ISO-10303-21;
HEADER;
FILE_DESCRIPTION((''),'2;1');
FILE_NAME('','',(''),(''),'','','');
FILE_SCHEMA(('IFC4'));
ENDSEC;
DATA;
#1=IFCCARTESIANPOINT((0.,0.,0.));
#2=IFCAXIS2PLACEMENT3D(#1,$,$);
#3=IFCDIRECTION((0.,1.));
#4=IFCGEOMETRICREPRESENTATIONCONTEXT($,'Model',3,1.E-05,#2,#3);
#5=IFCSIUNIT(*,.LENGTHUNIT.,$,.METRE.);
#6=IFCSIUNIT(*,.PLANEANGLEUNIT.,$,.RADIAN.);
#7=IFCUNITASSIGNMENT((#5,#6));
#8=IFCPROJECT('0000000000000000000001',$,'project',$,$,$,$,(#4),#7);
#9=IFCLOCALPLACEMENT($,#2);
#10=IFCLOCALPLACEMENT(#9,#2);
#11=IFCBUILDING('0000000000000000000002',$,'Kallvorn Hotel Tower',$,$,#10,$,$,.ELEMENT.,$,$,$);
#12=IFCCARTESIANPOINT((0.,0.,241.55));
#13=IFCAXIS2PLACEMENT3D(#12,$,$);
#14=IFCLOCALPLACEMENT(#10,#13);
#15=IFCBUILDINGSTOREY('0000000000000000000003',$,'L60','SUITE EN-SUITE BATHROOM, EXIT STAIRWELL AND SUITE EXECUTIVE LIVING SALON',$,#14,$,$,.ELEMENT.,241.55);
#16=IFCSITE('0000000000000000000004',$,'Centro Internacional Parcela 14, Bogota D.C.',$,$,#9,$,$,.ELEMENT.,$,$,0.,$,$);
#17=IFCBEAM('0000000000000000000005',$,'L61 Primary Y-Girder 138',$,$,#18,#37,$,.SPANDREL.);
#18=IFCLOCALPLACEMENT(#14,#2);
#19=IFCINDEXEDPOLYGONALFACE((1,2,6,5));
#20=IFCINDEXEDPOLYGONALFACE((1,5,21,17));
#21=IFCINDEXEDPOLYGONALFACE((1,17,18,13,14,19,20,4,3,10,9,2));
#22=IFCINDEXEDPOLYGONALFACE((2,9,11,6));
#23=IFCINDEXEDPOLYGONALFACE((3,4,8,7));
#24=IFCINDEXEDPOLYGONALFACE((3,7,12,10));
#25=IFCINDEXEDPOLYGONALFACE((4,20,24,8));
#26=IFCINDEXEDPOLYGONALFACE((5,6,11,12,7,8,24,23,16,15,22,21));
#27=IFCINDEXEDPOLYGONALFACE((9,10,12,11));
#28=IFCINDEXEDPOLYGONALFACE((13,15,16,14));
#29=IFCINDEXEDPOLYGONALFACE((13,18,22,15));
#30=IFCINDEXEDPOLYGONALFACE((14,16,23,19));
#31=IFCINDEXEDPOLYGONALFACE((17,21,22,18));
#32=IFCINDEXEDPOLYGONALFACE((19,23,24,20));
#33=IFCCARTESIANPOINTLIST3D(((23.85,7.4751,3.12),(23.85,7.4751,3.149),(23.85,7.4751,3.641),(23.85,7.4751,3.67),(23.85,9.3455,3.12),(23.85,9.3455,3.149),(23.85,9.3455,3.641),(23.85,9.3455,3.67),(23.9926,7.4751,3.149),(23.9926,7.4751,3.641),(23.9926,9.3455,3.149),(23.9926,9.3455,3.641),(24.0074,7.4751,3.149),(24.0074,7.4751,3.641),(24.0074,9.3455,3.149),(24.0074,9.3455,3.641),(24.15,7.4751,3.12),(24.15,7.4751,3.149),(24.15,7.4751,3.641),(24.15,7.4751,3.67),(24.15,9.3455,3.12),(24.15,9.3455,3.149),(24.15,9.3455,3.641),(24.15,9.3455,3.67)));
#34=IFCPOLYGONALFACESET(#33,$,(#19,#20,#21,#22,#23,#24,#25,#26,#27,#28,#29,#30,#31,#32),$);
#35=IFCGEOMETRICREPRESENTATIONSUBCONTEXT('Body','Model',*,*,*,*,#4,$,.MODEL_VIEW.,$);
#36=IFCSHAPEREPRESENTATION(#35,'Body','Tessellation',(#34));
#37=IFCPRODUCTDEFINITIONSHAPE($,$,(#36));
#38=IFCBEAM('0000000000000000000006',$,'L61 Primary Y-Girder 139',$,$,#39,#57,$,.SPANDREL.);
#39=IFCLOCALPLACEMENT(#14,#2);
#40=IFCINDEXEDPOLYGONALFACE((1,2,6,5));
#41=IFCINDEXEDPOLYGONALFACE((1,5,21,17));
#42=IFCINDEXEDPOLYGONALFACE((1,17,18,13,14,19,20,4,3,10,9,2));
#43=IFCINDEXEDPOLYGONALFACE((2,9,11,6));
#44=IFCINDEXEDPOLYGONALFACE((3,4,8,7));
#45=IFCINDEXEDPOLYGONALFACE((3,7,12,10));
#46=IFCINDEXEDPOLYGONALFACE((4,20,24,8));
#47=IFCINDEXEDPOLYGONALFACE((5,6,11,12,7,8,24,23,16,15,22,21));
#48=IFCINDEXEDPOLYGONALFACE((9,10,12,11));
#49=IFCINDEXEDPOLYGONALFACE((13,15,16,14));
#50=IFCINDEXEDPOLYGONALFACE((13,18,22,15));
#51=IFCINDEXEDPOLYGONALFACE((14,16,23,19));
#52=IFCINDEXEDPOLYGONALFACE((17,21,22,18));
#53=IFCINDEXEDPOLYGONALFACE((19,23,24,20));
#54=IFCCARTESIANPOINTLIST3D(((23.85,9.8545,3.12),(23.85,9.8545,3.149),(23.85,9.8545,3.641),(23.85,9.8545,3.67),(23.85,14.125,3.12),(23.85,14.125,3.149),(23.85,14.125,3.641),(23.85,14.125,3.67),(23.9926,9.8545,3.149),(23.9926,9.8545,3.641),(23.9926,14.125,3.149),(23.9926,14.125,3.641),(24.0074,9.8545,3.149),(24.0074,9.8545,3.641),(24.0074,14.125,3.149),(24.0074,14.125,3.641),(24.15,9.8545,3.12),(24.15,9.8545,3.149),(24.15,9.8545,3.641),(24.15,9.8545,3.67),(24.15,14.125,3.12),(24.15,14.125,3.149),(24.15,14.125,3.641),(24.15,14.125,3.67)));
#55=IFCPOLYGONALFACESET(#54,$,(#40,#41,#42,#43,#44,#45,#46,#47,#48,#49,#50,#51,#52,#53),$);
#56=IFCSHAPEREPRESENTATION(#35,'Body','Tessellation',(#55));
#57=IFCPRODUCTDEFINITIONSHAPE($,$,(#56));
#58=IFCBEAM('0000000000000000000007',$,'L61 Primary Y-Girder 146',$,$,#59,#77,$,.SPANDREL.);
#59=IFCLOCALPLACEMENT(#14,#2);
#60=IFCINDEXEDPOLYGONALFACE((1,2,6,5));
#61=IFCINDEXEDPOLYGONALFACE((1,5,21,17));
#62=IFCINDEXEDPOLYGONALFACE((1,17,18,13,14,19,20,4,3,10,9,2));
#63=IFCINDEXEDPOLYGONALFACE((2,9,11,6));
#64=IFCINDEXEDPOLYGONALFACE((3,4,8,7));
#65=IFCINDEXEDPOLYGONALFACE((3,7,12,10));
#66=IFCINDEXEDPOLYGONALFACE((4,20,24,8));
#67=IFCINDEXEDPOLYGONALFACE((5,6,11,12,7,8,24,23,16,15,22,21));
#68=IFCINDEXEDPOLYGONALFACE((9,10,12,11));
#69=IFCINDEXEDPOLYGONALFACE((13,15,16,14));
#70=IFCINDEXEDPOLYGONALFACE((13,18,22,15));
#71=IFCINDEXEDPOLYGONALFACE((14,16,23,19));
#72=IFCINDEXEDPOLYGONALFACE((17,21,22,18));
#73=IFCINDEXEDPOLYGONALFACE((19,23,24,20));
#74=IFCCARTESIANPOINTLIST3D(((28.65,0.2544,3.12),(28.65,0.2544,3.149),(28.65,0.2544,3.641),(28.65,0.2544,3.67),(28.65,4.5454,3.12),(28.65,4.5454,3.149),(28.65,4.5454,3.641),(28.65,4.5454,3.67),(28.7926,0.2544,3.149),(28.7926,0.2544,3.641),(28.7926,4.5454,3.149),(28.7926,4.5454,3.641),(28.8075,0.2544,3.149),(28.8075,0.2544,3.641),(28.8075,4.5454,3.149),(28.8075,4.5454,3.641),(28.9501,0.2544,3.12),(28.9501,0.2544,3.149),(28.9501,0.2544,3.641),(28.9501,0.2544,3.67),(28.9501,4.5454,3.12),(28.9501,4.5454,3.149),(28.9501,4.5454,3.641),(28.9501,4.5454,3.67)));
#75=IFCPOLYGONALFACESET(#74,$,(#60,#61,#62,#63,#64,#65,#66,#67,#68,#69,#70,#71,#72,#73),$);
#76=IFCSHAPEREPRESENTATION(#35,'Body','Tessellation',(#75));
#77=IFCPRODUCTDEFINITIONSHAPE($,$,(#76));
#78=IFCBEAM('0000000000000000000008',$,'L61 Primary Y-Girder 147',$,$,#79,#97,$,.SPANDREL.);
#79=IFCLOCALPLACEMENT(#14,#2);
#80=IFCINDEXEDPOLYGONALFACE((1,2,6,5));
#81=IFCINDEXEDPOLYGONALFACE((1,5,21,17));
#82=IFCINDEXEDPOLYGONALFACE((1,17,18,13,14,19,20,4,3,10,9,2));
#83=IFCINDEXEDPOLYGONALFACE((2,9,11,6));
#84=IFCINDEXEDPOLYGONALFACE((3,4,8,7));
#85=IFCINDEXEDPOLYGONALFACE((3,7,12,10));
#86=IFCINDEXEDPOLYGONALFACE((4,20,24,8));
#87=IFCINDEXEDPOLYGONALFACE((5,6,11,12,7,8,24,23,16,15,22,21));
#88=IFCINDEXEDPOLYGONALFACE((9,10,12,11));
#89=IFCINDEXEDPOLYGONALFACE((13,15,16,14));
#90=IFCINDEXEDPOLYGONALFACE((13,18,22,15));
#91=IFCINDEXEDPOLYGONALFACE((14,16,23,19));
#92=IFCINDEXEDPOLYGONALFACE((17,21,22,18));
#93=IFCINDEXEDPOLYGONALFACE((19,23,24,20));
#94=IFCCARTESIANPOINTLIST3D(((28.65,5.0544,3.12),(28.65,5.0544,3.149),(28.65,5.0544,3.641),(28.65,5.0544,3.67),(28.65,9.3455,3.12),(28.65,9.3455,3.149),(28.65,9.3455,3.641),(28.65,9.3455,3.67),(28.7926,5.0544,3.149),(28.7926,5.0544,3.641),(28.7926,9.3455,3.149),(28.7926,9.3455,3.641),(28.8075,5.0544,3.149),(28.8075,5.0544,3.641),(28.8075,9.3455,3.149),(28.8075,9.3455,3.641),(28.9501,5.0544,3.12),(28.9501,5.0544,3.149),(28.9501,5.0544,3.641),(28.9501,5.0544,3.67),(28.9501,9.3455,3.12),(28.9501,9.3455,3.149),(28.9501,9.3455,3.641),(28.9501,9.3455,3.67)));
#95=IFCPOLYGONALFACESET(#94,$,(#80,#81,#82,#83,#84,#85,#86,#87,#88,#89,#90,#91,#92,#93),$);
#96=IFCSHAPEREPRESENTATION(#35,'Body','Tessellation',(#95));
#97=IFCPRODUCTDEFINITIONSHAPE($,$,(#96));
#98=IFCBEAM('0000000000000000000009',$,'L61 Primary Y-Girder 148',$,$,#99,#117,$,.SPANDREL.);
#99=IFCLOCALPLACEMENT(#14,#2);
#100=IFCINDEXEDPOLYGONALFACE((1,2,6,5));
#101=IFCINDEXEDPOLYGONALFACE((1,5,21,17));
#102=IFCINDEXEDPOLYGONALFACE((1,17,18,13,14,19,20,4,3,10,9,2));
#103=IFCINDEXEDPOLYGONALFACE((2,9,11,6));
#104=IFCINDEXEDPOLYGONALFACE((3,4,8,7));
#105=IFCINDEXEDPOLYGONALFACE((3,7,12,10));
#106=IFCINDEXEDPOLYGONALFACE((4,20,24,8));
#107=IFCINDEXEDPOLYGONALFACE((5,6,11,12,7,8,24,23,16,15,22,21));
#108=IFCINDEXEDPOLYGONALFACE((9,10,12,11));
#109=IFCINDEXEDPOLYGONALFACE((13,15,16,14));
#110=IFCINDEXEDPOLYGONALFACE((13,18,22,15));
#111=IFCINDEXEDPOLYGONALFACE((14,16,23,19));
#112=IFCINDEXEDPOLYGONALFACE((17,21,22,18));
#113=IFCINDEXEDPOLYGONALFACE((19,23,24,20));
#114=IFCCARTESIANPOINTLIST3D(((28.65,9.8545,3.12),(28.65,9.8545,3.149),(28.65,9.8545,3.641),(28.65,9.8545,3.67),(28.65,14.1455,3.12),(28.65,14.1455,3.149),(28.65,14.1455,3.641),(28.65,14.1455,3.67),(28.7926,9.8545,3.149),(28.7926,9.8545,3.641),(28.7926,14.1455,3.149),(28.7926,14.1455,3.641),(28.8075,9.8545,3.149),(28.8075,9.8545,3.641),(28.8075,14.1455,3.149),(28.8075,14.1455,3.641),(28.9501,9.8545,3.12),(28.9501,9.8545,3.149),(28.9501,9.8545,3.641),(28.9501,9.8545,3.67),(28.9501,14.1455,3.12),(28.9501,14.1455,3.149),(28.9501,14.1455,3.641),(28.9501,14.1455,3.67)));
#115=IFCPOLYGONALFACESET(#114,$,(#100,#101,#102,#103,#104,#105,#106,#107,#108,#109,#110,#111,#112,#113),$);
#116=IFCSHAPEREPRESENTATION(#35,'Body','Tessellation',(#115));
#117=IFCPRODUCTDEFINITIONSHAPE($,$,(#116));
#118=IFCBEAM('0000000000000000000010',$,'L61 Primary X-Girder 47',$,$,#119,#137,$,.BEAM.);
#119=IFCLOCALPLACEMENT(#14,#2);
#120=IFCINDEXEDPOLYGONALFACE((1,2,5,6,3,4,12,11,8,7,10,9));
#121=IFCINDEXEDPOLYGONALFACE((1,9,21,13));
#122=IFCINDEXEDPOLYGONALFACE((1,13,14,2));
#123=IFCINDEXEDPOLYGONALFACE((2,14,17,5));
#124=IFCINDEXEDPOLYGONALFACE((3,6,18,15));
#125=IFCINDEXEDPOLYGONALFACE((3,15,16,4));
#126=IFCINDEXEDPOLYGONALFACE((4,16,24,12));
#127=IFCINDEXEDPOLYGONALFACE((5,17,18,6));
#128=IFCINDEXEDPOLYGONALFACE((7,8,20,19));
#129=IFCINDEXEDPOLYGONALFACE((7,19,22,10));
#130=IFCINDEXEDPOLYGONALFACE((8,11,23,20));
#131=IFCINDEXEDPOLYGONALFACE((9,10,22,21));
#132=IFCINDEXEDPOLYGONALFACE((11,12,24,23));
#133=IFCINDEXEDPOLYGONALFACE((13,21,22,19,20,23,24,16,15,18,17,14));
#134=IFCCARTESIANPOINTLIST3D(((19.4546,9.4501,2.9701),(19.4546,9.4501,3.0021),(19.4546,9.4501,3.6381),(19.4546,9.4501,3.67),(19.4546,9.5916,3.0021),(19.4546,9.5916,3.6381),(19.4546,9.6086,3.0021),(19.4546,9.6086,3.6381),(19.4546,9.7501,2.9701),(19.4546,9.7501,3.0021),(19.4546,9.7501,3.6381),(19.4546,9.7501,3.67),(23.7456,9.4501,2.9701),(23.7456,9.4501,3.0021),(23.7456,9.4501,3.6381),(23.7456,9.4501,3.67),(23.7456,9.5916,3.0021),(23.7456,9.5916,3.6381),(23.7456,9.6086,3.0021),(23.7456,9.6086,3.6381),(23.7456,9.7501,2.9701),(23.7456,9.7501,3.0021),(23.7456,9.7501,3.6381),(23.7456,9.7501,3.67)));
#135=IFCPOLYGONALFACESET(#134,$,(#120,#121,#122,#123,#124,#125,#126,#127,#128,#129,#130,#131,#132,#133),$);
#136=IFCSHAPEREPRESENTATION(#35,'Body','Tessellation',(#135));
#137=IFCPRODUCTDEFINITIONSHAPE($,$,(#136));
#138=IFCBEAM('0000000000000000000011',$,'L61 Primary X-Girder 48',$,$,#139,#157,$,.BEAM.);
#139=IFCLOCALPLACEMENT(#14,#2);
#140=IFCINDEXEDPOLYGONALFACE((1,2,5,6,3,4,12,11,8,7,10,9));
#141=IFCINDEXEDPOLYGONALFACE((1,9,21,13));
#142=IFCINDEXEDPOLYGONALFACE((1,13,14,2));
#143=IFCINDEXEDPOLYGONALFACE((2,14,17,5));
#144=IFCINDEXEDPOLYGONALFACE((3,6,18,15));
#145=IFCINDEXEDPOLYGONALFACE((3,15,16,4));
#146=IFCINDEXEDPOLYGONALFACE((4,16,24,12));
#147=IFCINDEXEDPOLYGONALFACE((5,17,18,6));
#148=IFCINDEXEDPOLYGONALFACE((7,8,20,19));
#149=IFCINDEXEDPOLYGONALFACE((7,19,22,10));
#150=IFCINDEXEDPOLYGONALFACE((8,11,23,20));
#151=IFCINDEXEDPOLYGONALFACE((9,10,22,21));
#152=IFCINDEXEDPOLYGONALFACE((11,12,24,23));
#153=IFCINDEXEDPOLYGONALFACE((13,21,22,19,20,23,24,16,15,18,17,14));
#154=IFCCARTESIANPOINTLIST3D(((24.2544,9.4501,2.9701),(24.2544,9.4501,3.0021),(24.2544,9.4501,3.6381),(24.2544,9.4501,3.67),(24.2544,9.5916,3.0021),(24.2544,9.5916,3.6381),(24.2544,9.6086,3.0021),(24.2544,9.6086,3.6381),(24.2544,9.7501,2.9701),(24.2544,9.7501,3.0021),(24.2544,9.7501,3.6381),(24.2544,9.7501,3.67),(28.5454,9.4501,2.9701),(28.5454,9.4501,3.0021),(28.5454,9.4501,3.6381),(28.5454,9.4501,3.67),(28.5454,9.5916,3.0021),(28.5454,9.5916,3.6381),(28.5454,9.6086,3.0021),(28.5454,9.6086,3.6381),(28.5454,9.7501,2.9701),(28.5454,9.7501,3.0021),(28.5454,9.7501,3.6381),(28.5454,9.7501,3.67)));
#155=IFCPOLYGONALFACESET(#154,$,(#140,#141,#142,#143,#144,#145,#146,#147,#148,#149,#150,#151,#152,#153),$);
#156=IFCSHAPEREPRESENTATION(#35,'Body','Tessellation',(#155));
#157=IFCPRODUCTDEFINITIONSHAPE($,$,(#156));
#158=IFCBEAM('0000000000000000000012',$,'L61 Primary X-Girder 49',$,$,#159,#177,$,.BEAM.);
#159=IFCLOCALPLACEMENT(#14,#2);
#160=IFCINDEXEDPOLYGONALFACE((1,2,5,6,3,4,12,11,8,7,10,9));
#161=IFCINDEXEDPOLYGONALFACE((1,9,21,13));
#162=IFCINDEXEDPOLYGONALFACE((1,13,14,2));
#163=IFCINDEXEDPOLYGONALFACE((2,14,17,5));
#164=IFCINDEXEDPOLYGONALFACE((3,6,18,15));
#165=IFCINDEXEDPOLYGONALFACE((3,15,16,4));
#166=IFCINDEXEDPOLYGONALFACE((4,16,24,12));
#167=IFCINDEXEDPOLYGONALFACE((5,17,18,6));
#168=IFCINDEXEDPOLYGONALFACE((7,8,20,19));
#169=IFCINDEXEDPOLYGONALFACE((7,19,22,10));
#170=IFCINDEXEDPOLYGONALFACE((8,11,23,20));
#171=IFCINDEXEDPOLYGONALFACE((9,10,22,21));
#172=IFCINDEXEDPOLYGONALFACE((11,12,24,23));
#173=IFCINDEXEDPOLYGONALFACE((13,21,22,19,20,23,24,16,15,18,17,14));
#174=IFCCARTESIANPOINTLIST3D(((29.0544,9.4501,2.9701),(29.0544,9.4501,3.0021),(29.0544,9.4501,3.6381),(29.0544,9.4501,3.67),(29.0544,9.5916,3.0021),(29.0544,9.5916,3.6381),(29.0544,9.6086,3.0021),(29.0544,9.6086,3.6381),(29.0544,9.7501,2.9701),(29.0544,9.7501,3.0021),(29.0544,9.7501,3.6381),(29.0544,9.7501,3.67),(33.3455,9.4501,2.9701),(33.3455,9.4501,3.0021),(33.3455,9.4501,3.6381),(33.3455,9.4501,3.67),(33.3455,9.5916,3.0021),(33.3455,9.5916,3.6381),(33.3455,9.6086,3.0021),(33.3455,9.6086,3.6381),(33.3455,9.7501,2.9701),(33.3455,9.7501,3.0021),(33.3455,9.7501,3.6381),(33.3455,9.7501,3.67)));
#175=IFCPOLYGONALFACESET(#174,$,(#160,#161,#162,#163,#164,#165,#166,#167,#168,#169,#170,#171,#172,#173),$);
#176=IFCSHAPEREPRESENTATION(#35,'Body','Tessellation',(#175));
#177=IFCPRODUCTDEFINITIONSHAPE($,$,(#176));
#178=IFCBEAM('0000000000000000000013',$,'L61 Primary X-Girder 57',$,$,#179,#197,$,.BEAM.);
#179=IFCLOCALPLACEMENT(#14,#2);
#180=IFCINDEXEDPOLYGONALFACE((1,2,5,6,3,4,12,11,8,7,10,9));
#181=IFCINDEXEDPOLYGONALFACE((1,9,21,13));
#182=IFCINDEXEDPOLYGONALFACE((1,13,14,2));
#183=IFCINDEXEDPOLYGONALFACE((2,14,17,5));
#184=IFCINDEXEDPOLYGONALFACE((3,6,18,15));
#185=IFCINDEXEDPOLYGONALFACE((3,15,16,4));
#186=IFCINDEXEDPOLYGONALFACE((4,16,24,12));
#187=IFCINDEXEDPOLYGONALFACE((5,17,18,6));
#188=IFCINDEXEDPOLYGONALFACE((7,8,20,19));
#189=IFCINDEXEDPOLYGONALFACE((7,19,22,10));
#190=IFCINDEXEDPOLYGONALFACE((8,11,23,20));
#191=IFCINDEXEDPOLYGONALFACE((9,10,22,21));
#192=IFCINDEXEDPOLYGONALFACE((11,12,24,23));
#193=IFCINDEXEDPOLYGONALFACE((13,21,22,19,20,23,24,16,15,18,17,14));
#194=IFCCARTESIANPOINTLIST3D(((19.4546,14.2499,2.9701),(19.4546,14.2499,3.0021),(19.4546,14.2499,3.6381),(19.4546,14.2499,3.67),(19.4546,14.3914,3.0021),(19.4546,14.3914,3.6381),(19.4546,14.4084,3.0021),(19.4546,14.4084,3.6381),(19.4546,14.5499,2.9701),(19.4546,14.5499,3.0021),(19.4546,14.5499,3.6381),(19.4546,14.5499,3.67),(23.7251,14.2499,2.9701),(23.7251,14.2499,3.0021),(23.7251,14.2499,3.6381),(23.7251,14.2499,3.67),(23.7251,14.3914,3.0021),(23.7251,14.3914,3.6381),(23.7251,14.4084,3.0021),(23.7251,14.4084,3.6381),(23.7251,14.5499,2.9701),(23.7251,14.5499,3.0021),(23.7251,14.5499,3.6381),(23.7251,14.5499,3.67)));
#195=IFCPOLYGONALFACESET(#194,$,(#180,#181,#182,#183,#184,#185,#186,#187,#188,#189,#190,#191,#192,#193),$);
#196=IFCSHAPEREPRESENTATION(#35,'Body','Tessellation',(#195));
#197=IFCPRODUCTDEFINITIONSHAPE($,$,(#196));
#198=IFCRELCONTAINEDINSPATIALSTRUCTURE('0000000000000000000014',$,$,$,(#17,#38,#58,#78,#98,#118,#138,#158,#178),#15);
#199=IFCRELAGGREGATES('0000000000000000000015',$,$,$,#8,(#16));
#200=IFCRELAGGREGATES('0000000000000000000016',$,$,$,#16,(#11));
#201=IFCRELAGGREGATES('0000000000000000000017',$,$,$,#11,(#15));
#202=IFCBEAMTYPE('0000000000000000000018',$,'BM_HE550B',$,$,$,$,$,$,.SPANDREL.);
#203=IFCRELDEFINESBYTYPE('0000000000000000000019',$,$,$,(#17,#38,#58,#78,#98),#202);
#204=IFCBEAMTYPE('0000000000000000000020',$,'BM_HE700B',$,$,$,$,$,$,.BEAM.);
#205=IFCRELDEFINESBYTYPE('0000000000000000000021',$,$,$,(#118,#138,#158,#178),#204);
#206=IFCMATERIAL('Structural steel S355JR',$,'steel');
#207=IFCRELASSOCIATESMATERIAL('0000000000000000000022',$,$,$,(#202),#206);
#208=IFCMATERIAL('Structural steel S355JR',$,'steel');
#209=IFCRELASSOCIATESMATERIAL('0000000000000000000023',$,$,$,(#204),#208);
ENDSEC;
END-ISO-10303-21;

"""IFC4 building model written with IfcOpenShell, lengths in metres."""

from ifc_helpers import new_model, si_unit, direction, frame, origin, origin_2d, place, context, subcontext, project, spatial, i_section, extrude, material, material_profile, profile_set, type_object, element, save


model = new_model("IFC4")

# Units and contexts
model_context = context("Model", 3, precision=1e-05, world=origin(), true_north=direction((0.0, 1.0)))
body_context = subcontext(model_context, "Body", "Model", "MODEL_VIEW")
ifc_project = project(units=[si_unit("LENGTHUNIT", "METRE"), si_unit("PLANEANGLEUNIT", "RADIAN")], contexts=[model_context])

# Site, building, storey
site_placement = place(None, origin())
site = spatial("IfcSite", under=ifc_project, at=site_placement, Name="Centro Internacional Parcela 14, Bogota D.C.", CompositionType="ELEMENT", RefElevation=0.0)
building_placement = place(site_placement, origin())
building = spatial("IfcBuilding", under=site, at=building_placement, Name="Kallvorn Hotel Tower", CompositionType="ELEMENT")
storey_placement = place(building_placement, frame((0.0, 0.0, 241.55)))
storey = spatial("IfcBuildingStorey", under=building, at=storey_placement, Name="L60", Description="SUITE EN-SUITE BATHROOM, EXIT STAIRWELL AND SUITE EXECUTIVE LIVING SALON", CompositionType="ELEMENT", Elevation=241.55)

# Beams
ifc_material_1 = material(Name="Structural steel S355JR", Category="steel")
ifc_material_profile_1 = material_profile(ifc_material_1, i_section(OverallWidth=0.3, OverallDepth=0.55, WebThickness=0.0149, FlangeThickness=0.0291, at=origin_2d()), Name="HE 550 B")
ifc_profile_set_1 = profile_set([ifc_material_profile_1], Name="Structural steel S355JR")
beam_type_1 = type_object("IfcBeamType", Name="BM_HE550B", PredefinedType="SPANDREL", material=ifc_profile_set_1)
beam_1_placement = place(storey_placement, frame((24.0, 7.4751, 3.395), z_axis=(0.0, 1.0, 0.0), x_axis=(-1.0, 0.0, 0.0)))
element("IfcBeam", 1, at=beam_1_placement, inside=storey, type_object=beam_type_1, Name="L61 Primary Y-Girder 138", PredefinedType="SPANDREL", context=body_context, shape_type="SweptSolid", body=[
    extrude(i_section(OverallWidth=0.3, OverallDepth=0.55, WebThickness=0.0149, FlangeThickness=0.0291, at=origin_2d()), origin(), (0.0, 0.0, 1.0), 1.8704),
])
beam_2_placement = place(storey_placement, frame((24.0, 9.8545, 3.395), z_axis=(0.0, 1.0, 0.0), x_axis=(-1.0, 0.0, 0.0)))
element("IfcBeam", 2, at=beam_2_placement, inside=storey, type_object=beam_type_1, Name="L61 Primary Y-Girder 139", PredefinedType="SPANDREL", context=body_context, shape_type="SweptSolid", body=[
    extrude(i_section(OverallWidth=0.3, OverallDepth=0.55, WebThickness=0.0149, FlangeThickness=0.0291, at=origin_2d()), origin(), (0.0, 0.0, 1.0), 4.2705),
])
for number, where, z_axis, x_axis, name in (
    (3, (28.8, 0.2544, 3.395), (0.0, 1.0, 0.0), (-1.0, 0.0, 0.0), "L61 Primary Y-Girder 146"),
    (4, (28.8, 5.0544, 3.395), (0.0, 1.0, 0.0), (-1.0, 0.0, 0.0), "L61 Primary Y-Girder 147"),
    (5, (28.8, 9.8545, 3.395), (0.0, 1.0, 0.0), (-1.0, 0.0, 0.0), "L61 Primary Y-Girder 148"),
):
    element("IfcBeam", number, at=place(storey_placement, frame(where, z_axis=z_axis, x_axis=x_axis)), inside=storey, type_object=beam_type_1, Name=name, PredefinedType="SPANDREL", context=body_context, shape_type="SweptSolid", body=[
        extrude(i_section(OverallWidth=0.3, OverallDepth=0.55, WebThickness=0.0149, FlangeThickness=0.0291, at=origin_2d()), origin(), (0.0, 0.0, 1.0), 4.291),
    ])
ifc_material_2 = material(Name="Structural steel S355JR", Category="steel")
ifc_material_profile_2 = material_profile(ifc_material_2, i_section(OverallWidth=0.3, OverallDepth=0.7, WebThickness=0.0171, FlangeThickness=0.032, at=origin_2d()), Name="HE 700 B")
ifc_profile_set_2 = profile_set([ifc_material_profile_2], Name="Structural steel S355JR")
beam_type_2 = type_object("IfcBeamType", Name="BM_HE700B", PredefinedType="BEAM", material=ifc_profile_set_2)
for number, where, z_axis, x_axis, name in (
    (6, (19.4546, 9.6001, 3.3201), (1.0, 0.0, 0.0), (0.0, 1.0, 0.0), "L61 Primary X-Girder 47"),
    (7, (24.2544, 9.6001, 3.3201), (1.0, 0.0, 0.0), (0.0, 1.0, 0.0), "L61 Primary X-Girder 48"),
    (8, (29.0544, 9.6001, 3.3201), (1.0, 0.0, 0.0), (0.0, 1.0, 0.0), "L61 Primary X-Girder 49"),
):
    element("IfcBeam", number, at=place(storey_placement, frame(where, z_axis=z_axis, x_axis=x_axis)), inside=storey, type_object=beam_type_2, Name=name, PredefinedType="BEAM", context=body_context, shape_type="SweptSolid", body=[
        extrude(i_section(OverallWidth=0.3, OverallDepth=0.7, WebThickness=0.0171, FlangeThickness=0.032, at=origin_2d()), origin(), (0.0, 0.0, 1.0), 4.291),
    ])
for number, where, z_axis, x_axis, name in (
    (9, (19.4546, 14.3999, 3.3201), (1.0, 0.0, 0.0), (0.0, 1.0, 0.0), "L61 Primary X-Girder 57"),
):
    element("IfcBeam", number, at=place(storey_placement, frame(where, z_axis=z_axis, x_axis=x_axis)), inside=storey, type_object=beam_type_2, Name=name, PredefinedType="BEAM", context=body_context, shape_type="SweptSolid", body=[
        extrude(i_section(OverallWidth=0.3, OverallDepth=0.7, WebThickness=0.0171, FlangeThickness=0.032, at=origin_2d()), origin(), (0.0, 0.0, 1.0), 4.2705),
    ])

save(model, "model.ifc")
